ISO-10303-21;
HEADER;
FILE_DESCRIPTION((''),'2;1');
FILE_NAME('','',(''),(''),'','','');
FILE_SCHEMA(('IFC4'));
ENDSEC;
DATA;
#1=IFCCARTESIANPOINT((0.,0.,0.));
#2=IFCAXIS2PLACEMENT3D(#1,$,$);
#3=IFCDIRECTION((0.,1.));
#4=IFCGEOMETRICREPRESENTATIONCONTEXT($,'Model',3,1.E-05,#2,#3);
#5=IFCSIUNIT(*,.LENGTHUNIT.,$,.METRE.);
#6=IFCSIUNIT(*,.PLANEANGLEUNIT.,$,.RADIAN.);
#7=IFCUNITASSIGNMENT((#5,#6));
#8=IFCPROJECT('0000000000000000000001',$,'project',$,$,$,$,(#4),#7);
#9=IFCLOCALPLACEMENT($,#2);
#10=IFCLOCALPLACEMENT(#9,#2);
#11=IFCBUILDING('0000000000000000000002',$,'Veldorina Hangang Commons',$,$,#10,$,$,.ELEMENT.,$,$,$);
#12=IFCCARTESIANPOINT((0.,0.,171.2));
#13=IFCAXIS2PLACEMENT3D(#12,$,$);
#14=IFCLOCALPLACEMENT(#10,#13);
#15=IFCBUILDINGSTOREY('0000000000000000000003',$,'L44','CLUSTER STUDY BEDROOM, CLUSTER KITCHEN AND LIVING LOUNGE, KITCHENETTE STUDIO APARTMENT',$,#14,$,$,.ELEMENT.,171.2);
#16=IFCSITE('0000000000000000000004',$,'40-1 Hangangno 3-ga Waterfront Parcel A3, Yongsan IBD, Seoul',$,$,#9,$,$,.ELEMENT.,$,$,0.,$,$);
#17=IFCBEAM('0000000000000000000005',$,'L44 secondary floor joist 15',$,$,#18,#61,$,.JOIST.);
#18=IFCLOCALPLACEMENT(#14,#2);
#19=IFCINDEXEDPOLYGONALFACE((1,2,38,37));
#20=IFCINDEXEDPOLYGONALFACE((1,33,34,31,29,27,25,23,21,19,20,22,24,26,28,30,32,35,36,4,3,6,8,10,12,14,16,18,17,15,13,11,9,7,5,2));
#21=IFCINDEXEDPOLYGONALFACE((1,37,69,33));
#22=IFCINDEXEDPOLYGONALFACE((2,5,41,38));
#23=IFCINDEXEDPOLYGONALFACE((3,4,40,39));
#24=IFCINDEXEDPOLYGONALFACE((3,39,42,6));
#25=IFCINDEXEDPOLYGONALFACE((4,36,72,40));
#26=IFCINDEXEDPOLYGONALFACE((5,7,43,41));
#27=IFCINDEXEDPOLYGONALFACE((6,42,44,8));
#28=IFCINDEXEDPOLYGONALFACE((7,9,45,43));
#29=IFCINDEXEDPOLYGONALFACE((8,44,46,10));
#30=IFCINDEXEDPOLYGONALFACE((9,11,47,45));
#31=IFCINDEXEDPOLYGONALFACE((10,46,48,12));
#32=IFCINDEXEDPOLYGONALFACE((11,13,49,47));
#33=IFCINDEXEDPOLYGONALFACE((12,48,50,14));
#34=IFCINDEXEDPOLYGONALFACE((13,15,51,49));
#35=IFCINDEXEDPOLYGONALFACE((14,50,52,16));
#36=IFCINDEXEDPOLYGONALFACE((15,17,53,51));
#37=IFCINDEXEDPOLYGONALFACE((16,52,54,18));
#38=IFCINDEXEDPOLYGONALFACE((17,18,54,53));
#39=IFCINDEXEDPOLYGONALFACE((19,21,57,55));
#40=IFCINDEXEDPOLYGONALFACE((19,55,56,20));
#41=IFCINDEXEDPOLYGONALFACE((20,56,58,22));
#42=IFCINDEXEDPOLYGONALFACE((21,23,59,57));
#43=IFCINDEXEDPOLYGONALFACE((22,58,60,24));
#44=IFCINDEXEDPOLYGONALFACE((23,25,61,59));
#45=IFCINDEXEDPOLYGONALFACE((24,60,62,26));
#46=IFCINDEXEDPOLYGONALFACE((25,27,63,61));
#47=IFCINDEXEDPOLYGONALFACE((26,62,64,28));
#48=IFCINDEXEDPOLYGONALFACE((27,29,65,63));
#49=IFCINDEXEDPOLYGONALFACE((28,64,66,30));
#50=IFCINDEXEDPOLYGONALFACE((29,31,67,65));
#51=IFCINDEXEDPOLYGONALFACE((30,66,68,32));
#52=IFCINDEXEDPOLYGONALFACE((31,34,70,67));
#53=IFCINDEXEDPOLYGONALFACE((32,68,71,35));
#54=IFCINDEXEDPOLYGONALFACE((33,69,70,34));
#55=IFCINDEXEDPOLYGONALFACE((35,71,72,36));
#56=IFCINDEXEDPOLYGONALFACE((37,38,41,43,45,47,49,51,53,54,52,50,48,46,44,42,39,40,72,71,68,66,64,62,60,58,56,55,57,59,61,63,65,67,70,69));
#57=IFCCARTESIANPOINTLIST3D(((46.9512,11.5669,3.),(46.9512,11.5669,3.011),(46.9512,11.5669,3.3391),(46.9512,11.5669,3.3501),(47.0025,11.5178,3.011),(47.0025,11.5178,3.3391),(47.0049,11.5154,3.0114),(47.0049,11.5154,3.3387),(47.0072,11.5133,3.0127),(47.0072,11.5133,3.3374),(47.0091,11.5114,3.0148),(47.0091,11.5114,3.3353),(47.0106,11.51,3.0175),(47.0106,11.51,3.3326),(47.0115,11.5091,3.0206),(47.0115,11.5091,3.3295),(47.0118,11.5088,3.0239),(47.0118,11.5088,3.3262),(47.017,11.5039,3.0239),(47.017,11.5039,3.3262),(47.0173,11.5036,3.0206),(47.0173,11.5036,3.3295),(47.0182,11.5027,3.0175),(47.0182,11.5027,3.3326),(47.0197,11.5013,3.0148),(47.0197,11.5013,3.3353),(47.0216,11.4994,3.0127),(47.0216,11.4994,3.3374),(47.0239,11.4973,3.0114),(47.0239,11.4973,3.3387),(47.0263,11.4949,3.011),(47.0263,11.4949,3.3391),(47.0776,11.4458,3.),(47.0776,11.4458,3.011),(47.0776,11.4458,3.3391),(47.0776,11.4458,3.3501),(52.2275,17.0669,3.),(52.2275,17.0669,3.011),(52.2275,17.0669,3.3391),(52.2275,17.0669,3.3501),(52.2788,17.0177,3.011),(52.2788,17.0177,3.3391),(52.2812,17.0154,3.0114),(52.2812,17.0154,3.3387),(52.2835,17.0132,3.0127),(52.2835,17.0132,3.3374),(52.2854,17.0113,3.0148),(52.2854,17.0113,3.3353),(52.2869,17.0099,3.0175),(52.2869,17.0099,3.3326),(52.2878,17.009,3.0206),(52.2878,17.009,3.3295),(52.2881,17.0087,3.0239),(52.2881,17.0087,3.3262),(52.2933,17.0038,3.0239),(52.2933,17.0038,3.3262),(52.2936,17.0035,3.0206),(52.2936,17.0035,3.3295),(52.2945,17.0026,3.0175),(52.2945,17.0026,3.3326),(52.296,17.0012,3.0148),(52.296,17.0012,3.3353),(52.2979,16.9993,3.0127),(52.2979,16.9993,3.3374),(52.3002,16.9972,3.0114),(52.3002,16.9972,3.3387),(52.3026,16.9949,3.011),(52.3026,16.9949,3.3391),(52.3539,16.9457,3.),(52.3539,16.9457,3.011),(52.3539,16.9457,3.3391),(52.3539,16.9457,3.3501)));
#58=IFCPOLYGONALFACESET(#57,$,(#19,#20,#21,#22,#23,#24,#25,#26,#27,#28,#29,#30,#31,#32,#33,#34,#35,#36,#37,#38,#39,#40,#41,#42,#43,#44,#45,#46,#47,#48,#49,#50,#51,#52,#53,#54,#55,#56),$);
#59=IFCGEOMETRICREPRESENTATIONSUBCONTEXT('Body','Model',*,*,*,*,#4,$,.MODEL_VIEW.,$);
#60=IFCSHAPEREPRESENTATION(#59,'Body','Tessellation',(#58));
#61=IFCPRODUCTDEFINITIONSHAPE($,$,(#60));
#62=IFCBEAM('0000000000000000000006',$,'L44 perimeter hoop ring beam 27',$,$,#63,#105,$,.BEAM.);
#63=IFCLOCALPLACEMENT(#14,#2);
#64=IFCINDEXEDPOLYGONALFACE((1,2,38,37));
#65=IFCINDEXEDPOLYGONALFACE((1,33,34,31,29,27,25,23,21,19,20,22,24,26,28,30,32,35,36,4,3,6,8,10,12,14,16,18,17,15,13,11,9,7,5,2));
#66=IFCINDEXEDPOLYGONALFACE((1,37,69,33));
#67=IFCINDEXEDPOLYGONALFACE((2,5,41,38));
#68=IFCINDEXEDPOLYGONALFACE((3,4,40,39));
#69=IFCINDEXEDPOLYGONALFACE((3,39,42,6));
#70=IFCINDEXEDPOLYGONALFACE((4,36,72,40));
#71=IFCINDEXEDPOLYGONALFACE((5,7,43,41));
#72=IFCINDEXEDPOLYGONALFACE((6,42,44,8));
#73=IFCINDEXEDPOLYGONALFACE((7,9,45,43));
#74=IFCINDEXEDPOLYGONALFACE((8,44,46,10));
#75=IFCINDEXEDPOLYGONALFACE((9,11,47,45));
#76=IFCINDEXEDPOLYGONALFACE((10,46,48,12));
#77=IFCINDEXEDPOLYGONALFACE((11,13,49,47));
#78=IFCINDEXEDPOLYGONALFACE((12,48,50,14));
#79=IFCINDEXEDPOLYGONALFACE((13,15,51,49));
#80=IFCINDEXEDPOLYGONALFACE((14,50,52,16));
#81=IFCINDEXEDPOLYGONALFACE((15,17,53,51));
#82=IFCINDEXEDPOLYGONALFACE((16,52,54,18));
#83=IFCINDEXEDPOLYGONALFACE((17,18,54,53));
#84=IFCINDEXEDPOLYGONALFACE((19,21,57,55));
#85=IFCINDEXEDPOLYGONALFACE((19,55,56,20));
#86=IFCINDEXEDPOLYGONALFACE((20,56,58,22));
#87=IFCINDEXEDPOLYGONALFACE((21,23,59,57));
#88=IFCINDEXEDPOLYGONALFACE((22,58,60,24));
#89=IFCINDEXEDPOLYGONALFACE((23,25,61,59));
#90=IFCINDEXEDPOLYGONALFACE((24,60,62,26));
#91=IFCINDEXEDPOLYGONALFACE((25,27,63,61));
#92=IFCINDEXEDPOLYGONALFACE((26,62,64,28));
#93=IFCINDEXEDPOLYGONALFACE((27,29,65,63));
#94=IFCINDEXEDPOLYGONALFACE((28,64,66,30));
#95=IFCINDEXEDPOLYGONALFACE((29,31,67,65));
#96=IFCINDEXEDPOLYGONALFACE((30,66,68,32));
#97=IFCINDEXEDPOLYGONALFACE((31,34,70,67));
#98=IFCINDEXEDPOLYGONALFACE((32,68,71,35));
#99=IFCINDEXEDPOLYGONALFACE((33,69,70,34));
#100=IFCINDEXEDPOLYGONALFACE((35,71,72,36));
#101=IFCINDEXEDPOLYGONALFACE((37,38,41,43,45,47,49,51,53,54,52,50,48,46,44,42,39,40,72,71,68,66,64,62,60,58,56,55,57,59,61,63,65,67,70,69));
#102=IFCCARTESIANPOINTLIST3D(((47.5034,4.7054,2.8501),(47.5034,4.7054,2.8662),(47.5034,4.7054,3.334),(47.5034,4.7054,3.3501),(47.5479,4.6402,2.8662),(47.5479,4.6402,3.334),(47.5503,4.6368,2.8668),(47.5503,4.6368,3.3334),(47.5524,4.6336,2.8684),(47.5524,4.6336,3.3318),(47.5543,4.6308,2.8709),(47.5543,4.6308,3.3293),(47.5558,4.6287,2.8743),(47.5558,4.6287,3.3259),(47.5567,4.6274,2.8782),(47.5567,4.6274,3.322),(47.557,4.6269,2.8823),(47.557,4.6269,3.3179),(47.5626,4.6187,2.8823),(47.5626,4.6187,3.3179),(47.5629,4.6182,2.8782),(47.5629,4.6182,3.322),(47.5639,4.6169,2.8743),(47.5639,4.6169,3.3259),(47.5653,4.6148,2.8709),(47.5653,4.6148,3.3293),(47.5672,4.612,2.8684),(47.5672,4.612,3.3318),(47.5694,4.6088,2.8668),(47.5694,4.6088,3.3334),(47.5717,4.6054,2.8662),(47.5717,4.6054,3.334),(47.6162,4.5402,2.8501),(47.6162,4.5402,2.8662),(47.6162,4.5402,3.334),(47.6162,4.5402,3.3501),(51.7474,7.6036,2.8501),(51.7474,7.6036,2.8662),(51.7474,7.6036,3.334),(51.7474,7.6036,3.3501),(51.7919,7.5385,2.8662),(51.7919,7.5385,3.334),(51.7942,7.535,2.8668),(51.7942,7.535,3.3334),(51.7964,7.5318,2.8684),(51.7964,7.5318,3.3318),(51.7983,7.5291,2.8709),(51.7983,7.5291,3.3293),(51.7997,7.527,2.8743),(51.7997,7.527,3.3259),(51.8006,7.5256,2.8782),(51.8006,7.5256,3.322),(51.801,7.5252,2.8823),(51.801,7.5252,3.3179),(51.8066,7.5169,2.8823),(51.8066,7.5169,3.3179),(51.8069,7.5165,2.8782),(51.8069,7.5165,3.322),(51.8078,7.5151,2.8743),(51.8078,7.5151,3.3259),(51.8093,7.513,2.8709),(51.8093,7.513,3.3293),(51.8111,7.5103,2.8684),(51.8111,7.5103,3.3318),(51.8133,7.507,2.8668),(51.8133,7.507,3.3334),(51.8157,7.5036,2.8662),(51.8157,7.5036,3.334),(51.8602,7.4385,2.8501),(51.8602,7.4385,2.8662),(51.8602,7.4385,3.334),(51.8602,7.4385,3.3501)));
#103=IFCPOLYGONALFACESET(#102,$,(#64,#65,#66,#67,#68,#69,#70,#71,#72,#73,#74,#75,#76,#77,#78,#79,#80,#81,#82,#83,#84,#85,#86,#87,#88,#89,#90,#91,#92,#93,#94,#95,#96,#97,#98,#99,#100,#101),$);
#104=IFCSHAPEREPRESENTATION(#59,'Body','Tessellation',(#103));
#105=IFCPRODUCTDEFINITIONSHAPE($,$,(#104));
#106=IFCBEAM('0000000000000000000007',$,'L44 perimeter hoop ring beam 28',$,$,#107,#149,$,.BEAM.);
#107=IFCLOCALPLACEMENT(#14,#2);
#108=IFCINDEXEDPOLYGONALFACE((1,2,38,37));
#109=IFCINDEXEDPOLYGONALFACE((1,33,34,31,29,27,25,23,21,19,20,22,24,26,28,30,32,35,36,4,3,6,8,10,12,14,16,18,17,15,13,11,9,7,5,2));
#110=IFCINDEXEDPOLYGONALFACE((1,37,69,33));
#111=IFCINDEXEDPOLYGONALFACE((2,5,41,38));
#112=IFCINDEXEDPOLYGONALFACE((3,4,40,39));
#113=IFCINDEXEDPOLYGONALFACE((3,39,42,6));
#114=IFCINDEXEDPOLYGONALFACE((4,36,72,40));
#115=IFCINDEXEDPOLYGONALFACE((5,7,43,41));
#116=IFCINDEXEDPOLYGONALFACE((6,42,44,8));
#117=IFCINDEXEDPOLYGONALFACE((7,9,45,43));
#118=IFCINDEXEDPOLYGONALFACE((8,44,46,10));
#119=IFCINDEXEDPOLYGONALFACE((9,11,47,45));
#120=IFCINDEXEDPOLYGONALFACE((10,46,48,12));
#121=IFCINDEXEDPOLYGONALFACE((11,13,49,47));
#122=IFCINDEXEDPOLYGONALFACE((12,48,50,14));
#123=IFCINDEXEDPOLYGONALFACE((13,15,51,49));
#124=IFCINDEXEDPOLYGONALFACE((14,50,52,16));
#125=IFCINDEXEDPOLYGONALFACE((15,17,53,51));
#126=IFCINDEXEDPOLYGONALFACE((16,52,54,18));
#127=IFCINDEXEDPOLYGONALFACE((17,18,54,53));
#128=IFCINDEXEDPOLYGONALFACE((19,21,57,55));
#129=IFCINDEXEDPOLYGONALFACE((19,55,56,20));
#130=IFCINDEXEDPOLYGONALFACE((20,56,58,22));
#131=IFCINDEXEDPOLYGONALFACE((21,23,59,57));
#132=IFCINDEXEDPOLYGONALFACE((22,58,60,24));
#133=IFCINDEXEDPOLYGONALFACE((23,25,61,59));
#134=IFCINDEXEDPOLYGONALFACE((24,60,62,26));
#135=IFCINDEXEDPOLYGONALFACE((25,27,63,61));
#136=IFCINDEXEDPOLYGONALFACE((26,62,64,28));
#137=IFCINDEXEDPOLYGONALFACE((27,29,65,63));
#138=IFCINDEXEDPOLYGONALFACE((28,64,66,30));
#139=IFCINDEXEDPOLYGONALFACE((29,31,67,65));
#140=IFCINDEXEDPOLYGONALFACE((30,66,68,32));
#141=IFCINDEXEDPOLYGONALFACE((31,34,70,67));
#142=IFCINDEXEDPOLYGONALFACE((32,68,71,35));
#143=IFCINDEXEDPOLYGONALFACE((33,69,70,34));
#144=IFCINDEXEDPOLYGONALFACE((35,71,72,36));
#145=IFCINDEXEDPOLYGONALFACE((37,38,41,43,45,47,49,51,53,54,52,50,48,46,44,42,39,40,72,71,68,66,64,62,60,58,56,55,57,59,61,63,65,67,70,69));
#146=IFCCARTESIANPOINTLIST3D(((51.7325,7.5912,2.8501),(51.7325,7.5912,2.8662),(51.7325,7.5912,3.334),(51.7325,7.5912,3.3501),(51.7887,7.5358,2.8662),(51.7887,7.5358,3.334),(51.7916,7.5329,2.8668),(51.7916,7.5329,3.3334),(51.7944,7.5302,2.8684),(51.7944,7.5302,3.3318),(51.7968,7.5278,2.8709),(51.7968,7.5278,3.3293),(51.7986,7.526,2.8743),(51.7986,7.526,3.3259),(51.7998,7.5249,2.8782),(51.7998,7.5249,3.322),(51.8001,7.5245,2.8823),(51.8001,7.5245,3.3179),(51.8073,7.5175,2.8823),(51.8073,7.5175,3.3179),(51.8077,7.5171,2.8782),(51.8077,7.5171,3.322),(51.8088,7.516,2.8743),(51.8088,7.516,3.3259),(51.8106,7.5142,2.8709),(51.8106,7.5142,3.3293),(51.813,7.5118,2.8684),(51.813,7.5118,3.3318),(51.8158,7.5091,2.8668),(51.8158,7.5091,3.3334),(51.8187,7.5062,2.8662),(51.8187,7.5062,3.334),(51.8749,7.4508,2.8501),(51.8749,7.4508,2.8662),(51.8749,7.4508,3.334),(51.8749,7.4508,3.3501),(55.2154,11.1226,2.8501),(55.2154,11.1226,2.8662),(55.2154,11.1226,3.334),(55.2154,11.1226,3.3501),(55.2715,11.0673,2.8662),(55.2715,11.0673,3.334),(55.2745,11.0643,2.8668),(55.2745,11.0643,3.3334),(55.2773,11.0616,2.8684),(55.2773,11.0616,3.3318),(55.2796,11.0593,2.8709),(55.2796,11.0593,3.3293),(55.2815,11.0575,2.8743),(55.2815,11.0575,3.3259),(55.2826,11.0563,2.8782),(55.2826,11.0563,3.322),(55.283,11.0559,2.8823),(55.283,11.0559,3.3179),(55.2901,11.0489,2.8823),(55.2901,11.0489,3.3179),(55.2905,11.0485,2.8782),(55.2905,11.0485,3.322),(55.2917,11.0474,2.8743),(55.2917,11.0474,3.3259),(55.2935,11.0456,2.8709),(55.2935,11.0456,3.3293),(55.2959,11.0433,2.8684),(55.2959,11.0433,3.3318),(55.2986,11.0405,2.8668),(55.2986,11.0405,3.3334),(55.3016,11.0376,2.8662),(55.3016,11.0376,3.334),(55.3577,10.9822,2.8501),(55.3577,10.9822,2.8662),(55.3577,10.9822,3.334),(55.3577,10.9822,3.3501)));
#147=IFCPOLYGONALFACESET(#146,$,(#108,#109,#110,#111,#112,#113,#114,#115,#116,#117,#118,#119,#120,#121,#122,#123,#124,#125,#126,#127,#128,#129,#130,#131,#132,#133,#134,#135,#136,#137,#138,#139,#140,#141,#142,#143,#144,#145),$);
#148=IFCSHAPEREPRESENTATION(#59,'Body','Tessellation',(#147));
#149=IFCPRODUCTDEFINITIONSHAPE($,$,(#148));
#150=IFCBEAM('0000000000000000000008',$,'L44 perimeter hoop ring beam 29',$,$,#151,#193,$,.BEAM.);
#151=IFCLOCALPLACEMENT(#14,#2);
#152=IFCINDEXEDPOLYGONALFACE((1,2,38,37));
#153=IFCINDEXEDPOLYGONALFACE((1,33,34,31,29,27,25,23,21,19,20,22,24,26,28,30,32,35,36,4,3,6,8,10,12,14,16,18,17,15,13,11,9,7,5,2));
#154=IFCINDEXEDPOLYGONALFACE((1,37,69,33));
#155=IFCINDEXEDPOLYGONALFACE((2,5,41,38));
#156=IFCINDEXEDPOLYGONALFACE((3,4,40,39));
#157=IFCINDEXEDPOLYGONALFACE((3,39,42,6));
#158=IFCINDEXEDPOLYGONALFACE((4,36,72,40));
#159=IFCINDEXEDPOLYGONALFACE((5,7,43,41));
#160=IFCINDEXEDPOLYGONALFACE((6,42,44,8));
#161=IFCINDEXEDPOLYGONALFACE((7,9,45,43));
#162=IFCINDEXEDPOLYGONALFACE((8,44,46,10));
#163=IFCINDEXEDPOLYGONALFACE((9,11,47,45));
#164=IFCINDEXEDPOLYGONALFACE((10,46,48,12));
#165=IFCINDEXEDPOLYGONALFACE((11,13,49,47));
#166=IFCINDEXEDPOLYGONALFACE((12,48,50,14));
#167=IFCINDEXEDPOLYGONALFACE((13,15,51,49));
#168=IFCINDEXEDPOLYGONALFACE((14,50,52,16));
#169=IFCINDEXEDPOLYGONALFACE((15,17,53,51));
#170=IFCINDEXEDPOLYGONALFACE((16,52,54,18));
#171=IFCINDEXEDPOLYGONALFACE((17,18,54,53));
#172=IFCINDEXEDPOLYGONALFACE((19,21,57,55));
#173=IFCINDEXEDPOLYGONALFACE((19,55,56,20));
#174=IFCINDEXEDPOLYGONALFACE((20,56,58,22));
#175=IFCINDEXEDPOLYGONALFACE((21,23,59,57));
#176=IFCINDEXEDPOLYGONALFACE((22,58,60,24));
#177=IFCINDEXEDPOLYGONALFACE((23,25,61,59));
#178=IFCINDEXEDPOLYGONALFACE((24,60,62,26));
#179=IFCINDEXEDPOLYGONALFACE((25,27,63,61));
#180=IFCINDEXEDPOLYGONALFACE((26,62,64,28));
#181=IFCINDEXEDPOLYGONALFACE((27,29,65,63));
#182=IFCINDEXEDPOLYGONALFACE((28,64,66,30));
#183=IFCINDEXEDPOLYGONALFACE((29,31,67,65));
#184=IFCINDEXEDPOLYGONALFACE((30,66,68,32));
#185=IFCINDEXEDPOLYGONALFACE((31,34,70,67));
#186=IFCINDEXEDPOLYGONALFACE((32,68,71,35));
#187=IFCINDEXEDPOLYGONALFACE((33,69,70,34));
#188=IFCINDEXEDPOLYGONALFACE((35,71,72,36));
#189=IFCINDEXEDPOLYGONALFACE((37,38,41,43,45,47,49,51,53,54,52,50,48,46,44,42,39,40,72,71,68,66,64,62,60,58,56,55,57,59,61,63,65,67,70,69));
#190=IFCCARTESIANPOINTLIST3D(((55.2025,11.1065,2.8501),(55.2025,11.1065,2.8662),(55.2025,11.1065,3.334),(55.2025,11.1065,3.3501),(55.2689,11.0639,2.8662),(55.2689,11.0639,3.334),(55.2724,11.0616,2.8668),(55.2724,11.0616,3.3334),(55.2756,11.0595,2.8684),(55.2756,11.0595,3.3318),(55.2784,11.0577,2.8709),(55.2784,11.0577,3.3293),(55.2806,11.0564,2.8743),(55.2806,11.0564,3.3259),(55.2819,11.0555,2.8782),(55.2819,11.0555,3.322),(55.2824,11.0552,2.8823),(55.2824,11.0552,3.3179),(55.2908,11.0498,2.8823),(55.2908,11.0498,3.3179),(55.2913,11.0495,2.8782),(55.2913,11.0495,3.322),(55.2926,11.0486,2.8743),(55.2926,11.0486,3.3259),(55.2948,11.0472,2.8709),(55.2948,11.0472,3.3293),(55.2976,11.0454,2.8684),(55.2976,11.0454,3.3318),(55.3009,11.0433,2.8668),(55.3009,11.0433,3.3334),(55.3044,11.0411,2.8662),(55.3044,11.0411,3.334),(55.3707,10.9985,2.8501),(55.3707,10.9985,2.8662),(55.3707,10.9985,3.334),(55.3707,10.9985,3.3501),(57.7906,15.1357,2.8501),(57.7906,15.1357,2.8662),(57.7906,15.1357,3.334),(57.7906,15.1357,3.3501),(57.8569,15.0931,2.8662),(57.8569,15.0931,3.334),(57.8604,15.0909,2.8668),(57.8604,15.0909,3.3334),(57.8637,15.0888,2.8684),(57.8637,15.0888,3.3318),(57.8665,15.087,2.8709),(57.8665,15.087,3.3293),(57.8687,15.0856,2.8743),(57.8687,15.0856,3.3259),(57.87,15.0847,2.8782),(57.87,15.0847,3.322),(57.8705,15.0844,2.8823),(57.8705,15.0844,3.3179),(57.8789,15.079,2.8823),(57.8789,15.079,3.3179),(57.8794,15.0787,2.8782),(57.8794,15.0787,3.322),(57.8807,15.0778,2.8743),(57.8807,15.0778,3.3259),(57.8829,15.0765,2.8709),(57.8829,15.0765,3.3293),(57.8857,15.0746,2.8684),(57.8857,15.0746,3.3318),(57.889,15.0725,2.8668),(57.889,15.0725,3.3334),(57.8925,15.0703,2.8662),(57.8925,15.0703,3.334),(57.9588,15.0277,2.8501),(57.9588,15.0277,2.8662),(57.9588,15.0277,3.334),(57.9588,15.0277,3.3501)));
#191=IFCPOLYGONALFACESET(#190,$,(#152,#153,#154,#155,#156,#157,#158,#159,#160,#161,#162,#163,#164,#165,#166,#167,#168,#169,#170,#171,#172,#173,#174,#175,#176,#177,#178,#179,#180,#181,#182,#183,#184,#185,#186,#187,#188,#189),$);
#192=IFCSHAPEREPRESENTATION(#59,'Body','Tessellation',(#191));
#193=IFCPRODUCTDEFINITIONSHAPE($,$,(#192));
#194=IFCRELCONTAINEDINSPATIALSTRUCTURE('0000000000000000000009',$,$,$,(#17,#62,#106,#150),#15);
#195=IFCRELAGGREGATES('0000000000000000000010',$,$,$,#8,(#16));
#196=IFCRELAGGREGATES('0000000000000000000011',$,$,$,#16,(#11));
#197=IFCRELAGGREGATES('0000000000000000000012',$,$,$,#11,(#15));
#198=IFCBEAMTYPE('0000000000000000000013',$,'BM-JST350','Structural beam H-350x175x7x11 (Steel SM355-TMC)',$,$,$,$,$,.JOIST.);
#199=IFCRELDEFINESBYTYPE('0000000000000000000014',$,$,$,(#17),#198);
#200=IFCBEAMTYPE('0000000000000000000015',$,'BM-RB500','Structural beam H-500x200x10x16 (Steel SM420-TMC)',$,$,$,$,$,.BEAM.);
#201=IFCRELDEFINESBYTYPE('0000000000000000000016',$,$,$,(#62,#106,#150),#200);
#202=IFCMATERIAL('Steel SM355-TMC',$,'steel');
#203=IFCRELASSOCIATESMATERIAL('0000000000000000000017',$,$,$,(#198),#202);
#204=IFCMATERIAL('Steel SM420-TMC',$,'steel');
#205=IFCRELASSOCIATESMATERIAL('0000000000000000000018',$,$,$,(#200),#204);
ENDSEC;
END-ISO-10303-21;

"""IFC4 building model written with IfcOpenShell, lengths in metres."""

from ifc_helpers import new_model, si_unit, direction, frame, origin, origin_2d, place, context, subcontext, project, spatial, i_section, extrude, material, material_profile, profile_set, type_object, element, save


model = new_model("IFC4")

# Units and contexts
model_context = context("Model", 3, precision=1e-05, world=origin(), true_north=direction((0.0, 1.0)))
body_context = subcontext(model_context, "Body", "Model", "MODEL_VIEW")
ifc_project = project(units=[si_unit("LENGTHUNIT", "METRE"), si_unit("PLANEANGLEUNIT", "RADIAN")], contexts=[model_context])

# Site, building, storey
site_placement = place(None, origin())
site = spatial("IfcSite", under=ifc_project, at=site_placement, Name="40-1 Hangangno 3-ga Waterfront Parcel A3, Yongsan IBD, Seoul", CompositionType="ELEMENT", RefElevation=0.0)
building_placement = place(site_placement, origin())
building = spatial("IfcBuilding", under=site, at=building_placement, Name="Veldorina Hangang Commons", CompositionType="ELEMENT")
storey_placement = place(building_placement, frame((0.0, 0.0, 171.2)))
storey = spatial("IfcBuildingStorey", under=building, at=storey_placement, Name="L44", Description="CLUSTER STUDY BEDROOM, CLUSTER KITCHEN AND LIVING LOUNGE, KITCHENETTE STUDIO APARTMENT", CompositionType="ELEMENT", Elevation=171.2)

# Beams
ifc_material_1 = material(Name="Steel SM355-TMC", Category="steel")
ifc_material_profile_1 = material_profile(ifc_material_1, i_section(OverallWidth=0.175, OverallDepth=0.3501, WebThickness=0.0071, FlangeThickness=0.011, FilletRadius=0.0129, at=origin_2d()), Name="H-350x175x7x11")
ifc_profile_set_1 = profile_set([ifc_material_profile_1], Name="Steel SM355-TMC")
beam_type_1 = type_object("IfcBeamType", Name="BM-JST350", Description="Structural beam H-350x175x7x11 (Steel SM355-TMC)", PredefinedType="JOIST", material=ifc_profile_set_1)
beam_1_placement = place(storey_placement, frame((47.0144, 11.5063, 3.175), z_axis=(0.692284, 0.721625, 0.0), x_axis=(-0.721625, 0.692284, 0.0)))
element("IfcBeam", 1, at=beam_1_placement, inside=storey, type_object=beam_type_1, Name="L44 secondary floor joist 15", PredefinedType="JOIST", context=body_context, shape_type="SweptSolid", body=[
    extrude(i_section(OverallWidth=0.175, OverallDepth=0.3501, WebThickness=0.0071, FlangeThickness=0.011, FilletRadius=0.0129, at=origin_2d()), origin(), (0.0, 0.0, 1.0), 7.6216),
])
ifc_material_2 = material(Name="Steel SM420-TMC", Category="steel")
ifc_material_profile_2 = material_profile(ifc_material_2, i_section(OverallWidth=0.2, OverallDepth=0.5, WebThickness=0.01, FlangeThickness=0.0161, FilletRadius=0.0161, at=origin_2d()), Name="H-500x200x10x16")
ifc_profile_set_2 = profile_set([ifc_material_profile_2], Name="Steel SM420-TMC")
beam_type_2 = type_object("IfcBeamType", Name="BM-RB500", Description="Structural beam H-500x200x10x16 (Steel SM420-TMC)", PredefinedType="BEAM", material=ifc_profile_set_2)
beam_2_placement = place(storey_placement, frame((47.5598, 4.6228, 3.1001), z_axis=(0.825808, 0.563951, 0.0), x_axis=(-0.563951, 0.825808, 0.0)))
element("IfcBeam", 2, at=beam_2_placement, inside=storey, type_object=beam_type_2, Name="L44 perimeter hoop ring beam 27", PredefinedType="BEAM", context=body_context, shape_type="SweptSolid", body=[
    extrude(i_section(OverallWidth=0.2, OverallDepth=0.5, WebThickness=0.01, FlangeThickness=0.0161, FilletRadius=0.0161, at=origin_2d()), origin(), (0.0, 0.0, 1.0), 5.1392),
])
beam_3_placement = place(storey_placement, frame((51.8037, 7.521, 3.1001), z_axis=(0.702192, 0.711987, 0.0), x_axis=(-0.711987, 0.702192, 0.0)))
element("IfcBeam", 3, at=beam_3_placement, inside=storey, type_object=beam_type_2, Name="L44 perimeter hoop ring beam 28", PredefinedType="BEAM", context=body_context, shape_type="SweptSolid", body=[
    extrude(i_section(OverallWidth=0.2, OverallDepth=0.5, WebThickness=0.01, FlangeThickness=0.0161, FilletRadius=0.0161, at=origin_2d()), origin(), (0.0, 0.0, 1.0), 4.96),
])
beam_4_placement = place(storey_placement, frame((55.2866, 11.0525, 3.1001), z_axis=(0.540443, 0.84138, 0.0), x_axis=(-0.84138, 0.540443, 0.0)))
element("IfcBeam", 4, at=beam_4_placement, inside=storey, type_object=beam_type_2, Name="L44 perimeter hoop ring beam 29", PredefinedType="BEAM", context=body_context, shape_type="SweptSolid", body=[
    extrude(i_section(OverallWidth=0.2, OverallDepth=0.5, WebThickness=0.01, FlangeThickness=0.0161, FilletRadius=0.0161, at=origin_2d()), origin(), (0.0, 0.0, 1.0), 4.7888),
])

save(model, "model.ifc")
